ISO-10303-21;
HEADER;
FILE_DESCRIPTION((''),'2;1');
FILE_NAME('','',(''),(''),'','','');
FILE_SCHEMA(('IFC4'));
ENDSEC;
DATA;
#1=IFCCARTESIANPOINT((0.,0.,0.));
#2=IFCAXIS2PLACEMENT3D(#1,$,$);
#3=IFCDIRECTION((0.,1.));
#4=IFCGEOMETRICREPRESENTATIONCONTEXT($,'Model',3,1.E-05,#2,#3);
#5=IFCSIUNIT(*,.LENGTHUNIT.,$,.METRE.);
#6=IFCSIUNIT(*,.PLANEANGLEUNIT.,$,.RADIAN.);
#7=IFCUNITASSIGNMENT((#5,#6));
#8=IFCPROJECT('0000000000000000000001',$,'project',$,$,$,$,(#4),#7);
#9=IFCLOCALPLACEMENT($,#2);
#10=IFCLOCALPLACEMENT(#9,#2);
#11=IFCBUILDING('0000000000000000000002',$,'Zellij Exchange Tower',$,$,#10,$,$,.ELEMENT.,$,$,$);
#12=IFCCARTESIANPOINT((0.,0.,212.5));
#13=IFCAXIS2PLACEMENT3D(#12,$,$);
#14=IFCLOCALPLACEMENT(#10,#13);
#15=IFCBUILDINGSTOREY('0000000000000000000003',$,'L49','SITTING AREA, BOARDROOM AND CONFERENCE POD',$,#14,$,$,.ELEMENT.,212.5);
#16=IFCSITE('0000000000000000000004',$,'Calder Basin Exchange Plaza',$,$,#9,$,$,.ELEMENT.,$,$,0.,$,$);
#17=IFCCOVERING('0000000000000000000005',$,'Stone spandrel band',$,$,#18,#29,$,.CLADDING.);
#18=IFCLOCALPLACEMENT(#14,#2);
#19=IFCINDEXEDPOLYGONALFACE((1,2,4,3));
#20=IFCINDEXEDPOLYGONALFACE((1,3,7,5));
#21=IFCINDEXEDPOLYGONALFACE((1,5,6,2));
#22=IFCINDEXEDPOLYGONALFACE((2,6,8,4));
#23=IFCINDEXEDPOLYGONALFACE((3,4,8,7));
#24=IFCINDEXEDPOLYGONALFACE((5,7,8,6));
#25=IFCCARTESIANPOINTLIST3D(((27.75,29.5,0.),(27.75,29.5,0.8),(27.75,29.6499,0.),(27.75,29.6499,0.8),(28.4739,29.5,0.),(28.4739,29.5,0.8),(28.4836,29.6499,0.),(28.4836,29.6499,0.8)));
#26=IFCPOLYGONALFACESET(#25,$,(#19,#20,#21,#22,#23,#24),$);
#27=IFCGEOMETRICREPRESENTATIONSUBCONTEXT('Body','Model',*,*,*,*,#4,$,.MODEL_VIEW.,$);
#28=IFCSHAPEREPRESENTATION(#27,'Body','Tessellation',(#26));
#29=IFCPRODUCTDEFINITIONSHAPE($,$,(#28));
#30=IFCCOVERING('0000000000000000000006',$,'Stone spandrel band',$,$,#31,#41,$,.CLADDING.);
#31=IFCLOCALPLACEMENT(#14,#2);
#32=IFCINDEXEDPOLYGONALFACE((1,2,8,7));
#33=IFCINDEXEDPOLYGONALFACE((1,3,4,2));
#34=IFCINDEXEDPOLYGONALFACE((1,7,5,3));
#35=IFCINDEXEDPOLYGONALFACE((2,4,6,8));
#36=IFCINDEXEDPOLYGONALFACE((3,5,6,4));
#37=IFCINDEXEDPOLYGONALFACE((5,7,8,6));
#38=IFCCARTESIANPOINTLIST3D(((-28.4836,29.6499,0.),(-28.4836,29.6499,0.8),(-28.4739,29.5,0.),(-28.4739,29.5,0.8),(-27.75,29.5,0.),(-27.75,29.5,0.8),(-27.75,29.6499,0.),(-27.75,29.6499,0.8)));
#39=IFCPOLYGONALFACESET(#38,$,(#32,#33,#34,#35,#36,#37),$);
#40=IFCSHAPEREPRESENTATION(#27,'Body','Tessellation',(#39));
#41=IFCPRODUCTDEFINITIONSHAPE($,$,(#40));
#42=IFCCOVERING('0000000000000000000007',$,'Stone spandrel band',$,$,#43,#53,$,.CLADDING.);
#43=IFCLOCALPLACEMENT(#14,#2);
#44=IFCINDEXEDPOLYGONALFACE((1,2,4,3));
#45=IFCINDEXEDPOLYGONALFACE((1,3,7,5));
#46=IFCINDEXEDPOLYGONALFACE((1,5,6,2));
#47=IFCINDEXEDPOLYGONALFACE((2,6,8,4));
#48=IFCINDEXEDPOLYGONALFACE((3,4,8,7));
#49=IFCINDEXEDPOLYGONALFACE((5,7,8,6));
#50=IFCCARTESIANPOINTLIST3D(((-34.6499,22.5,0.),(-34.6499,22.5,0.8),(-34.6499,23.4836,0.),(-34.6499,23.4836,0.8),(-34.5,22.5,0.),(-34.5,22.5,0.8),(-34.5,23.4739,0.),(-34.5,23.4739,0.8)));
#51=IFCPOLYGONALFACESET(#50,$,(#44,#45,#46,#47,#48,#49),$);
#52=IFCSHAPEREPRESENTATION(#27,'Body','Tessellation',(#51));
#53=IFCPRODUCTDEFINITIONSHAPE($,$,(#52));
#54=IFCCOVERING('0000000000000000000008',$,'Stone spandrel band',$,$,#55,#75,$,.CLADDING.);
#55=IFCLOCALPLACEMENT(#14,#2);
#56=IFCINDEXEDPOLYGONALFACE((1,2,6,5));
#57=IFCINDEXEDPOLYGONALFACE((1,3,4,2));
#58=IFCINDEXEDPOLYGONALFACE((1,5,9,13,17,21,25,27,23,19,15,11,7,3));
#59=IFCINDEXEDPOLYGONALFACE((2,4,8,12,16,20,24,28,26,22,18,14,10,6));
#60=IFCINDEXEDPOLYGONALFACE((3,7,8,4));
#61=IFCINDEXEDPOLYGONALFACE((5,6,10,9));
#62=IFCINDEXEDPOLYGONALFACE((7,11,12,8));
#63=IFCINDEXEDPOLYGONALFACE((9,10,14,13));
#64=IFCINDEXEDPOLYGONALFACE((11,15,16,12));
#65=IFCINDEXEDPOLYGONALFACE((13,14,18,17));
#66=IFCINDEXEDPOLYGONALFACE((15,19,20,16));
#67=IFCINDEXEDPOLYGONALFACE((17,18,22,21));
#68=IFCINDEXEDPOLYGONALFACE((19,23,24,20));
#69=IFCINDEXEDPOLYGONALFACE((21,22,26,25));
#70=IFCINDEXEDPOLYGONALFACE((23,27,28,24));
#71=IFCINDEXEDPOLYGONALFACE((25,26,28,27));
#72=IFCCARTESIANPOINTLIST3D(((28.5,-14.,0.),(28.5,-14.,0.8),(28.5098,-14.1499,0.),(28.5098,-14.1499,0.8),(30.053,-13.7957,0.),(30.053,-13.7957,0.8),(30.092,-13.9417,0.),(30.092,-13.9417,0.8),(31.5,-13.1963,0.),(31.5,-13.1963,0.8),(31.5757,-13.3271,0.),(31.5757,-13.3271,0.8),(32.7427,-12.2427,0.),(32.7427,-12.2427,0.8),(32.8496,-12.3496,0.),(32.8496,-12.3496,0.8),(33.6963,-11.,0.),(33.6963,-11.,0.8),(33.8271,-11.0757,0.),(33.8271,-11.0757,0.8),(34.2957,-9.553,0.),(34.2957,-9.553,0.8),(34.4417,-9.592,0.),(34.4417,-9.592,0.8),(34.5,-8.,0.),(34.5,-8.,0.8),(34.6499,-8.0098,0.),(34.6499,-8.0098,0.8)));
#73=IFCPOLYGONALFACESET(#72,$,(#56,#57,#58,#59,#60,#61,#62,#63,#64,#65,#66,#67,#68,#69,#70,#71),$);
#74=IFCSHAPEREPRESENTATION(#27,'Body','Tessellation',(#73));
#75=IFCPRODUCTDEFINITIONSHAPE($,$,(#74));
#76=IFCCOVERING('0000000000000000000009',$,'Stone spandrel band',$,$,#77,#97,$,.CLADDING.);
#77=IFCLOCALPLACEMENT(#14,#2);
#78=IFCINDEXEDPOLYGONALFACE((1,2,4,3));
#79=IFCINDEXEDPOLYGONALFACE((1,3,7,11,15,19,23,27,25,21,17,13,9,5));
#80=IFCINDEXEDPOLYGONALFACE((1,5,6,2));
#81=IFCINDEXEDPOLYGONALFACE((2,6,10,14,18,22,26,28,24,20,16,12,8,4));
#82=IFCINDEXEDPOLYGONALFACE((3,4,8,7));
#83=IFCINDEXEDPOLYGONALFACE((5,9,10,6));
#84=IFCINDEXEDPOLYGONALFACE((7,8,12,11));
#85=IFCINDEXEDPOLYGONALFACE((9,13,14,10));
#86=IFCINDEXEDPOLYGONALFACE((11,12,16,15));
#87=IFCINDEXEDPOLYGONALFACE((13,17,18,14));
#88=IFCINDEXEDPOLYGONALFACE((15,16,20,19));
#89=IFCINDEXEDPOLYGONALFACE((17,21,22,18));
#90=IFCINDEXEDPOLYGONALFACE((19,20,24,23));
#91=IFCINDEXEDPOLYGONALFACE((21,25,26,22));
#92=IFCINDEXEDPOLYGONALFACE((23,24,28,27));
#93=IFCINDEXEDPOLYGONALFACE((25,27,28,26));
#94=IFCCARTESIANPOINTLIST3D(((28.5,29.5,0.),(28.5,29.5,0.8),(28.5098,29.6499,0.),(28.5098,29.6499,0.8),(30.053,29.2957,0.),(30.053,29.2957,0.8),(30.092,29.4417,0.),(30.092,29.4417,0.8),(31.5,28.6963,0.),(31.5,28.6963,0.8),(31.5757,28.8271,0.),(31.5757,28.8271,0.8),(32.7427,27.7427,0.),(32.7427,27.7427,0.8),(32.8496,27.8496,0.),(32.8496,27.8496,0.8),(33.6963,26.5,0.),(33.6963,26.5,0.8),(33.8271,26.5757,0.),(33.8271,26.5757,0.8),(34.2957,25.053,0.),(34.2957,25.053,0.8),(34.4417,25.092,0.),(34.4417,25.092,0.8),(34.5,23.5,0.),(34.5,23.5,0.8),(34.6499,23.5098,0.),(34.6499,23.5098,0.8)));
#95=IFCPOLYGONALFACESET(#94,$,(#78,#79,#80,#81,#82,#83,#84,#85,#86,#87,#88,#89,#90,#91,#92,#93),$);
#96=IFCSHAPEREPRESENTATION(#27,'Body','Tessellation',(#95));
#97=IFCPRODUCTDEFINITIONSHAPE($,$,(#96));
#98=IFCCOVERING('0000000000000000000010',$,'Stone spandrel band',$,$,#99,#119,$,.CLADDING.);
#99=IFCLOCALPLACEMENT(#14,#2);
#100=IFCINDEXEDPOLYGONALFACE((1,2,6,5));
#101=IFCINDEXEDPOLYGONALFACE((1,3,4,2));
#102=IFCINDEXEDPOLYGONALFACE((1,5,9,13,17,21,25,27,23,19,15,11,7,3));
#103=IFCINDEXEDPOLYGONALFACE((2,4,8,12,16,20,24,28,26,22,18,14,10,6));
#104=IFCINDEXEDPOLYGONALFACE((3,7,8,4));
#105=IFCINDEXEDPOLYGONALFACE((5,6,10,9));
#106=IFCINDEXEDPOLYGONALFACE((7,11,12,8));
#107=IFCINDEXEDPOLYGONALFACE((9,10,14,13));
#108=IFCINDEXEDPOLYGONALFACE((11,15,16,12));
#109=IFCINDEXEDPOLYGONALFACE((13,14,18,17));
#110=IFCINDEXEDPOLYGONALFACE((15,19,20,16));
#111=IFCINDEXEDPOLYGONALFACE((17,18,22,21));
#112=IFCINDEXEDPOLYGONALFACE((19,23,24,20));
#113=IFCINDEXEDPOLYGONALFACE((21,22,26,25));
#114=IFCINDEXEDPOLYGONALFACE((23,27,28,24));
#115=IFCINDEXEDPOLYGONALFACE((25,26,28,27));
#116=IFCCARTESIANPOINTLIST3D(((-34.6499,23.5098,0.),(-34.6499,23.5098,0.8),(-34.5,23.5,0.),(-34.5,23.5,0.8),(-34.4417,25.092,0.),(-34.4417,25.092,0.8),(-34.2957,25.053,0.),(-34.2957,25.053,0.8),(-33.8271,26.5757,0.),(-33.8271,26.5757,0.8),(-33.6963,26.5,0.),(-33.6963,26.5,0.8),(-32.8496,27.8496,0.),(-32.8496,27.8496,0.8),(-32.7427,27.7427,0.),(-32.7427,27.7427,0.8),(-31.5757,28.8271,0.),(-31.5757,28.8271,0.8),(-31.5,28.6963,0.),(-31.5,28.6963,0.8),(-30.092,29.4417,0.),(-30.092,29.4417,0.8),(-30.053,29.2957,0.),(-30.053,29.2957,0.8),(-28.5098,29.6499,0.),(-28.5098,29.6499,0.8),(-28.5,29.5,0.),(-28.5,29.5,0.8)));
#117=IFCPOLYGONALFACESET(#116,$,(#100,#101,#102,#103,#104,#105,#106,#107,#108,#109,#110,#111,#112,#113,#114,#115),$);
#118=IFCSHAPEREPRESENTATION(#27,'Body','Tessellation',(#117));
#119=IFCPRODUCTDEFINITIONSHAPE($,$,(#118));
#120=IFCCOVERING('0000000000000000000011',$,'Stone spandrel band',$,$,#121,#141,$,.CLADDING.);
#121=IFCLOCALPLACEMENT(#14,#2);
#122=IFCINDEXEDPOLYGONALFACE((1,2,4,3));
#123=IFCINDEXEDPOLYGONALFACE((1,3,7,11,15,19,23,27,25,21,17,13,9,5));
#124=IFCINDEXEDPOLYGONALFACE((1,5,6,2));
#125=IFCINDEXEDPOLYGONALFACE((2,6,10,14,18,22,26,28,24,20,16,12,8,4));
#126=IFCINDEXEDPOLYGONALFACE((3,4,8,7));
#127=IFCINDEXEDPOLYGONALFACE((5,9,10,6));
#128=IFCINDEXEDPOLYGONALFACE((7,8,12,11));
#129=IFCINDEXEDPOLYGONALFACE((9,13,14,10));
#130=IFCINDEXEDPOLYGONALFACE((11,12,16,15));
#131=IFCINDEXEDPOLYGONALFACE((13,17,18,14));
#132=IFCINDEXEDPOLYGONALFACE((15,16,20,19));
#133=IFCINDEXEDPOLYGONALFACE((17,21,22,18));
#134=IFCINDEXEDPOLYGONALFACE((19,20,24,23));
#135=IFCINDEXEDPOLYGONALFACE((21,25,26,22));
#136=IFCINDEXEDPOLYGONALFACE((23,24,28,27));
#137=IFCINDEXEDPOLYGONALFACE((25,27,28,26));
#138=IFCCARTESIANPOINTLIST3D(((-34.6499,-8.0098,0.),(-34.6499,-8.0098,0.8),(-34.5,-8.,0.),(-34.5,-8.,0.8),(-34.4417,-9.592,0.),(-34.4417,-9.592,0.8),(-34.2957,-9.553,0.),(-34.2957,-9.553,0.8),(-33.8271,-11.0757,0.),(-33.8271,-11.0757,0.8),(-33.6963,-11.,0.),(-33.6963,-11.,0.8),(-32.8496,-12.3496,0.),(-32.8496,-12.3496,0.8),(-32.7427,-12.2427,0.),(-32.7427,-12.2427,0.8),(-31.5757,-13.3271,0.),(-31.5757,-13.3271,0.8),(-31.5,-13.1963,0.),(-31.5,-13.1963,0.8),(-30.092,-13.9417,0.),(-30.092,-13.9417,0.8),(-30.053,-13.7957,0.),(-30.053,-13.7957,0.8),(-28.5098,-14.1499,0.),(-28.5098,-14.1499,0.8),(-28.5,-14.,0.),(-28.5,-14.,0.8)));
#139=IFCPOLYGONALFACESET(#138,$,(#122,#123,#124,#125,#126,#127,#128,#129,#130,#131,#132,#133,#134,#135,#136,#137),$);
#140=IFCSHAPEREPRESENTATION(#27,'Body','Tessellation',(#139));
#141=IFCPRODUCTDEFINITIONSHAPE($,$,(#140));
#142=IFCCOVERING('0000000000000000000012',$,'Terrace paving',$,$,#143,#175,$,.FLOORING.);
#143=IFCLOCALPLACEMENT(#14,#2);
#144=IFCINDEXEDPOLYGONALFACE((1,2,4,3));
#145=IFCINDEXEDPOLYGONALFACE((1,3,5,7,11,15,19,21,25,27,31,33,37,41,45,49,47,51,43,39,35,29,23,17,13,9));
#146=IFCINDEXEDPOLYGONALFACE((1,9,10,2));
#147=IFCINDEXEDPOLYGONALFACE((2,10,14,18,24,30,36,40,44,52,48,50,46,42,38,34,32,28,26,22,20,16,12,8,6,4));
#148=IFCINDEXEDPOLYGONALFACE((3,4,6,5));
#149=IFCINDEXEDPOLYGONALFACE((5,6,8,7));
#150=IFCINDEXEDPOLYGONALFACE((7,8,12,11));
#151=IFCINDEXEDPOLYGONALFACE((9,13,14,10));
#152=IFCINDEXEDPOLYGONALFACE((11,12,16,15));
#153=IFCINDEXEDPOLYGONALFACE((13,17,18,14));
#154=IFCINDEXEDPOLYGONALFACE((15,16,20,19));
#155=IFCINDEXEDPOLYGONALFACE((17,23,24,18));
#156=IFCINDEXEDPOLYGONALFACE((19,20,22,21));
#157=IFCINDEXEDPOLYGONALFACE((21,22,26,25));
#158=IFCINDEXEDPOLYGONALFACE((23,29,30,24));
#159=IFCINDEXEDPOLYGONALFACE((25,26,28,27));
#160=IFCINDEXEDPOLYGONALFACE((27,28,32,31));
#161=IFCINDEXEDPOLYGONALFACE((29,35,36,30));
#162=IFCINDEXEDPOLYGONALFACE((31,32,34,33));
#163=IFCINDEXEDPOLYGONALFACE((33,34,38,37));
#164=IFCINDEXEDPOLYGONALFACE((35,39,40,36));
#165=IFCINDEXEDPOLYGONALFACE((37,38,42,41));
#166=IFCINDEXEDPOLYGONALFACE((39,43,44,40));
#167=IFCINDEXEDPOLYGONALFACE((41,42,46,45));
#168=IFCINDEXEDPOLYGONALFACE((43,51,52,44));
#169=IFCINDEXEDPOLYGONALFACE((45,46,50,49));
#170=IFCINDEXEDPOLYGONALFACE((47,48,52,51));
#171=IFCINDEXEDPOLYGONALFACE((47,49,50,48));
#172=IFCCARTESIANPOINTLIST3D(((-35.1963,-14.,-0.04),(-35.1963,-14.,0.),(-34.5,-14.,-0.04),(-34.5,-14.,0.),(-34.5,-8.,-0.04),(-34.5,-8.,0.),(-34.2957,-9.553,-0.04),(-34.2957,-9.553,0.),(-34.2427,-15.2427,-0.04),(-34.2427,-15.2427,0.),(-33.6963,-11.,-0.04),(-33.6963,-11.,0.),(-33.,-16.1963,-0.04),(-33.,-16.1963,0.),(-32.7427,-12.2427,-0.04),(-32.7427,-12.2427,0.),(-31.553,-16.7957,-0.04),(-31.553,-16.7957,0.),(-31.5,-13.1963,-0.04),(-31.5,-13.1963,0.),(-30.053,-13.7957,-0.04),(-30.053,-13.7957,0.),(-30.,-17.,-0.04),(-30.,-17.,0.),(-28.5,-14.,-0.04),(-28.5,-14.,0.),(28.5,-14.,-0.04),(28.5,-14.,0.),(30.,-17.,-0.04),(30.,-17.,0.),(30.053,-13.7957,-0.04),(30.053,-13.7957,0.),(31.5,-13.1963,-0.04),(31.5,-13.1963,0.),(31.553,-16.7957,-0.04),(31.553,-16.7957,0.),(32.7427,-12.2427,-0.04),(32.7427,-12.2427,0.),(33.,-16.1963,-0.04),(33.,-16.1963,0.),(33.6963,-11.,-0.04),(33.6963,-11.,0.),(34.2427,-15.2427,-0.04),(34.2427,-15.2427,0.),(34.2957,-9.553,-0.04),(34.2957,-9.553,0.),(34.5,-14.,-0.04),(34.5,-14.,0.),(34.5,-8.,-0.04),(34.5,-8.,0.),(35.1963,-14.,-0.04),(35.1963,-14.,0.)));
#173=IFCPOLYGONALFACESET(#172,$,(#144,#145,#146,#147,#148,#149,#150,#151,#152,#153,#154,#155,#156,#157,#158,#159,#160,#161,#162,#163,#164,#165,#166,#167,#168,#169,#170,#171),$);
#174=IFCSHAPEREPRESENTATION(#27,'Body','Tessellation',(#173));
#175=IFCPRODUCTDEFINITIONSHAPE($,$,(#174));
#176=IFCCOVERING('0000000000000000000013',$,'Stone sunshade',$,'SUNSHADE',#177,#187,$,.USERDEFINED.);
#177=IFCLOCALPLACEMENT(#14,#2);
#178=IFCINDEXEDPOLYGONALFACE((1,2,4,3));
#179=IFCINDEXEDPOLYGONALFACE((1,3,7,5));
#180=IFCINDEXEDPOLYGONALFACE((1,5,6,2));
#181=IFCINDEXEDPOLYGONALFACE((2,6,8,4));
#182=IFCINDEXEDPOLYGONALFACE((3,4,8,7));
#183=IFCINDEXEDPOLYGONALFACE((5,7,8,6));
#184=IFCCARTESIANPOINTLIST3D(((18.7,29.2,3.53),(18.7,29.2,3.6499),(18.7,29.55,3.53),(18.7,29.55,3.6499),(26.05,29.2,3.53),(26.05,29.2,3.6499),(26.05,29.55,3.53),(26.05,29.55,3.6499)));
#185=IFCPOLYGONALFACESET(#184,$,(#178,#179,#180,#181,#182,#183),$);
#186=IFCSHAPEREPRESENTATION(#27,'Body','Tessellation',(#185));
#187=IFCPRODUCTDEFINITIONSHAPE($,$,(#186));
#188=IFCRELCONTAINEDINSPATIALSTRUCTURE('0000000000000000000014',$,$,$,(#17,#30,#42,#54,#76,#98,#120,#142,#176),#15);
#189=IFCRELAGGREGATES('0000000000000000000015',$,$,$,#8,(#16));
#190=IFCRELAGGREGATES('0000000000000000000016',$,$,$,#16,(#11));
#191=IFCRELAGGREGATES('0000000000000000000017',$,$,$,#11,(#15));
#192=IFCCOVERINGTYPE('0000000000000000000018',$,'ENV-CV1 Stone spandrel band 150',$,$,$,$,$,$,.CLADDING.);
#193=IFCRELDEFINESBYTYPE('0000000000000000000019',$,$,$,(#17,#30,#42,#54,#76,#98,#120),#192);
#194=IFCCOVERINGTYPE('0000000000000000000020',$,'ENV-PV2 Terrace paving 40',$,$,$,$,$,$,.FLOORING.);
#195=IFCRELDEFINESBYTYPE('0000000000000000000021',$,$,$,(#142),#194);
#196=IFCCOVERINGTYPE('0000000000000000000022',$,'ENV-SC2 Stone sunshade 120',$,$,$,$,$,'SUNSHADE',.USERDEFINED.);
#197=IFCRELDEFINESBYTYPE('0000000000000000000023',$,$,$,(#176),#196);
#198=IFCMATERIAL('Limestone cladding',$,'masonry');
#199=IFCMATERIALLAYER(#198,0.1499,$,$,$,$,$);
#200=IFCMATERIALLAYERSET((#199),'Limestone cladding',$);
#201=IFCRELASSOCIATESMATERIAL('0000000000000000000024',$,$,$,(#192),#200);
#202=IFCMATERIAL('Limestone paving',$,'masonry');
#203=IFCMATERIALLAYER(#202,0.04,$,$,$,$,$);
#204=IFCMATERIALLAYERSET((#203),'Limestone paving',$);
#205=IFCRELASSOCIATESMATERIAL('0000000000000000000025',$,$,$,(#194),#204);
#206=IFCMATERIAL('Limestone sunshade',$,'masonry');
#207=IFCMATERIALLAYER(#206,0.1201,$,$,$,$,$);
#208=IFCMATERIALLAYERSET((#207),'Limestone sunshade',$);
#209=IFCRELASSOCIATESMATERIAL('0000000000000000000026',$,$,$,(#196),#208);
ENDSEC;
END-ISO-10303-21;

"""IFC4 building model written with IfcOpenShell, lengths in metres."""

from ifc_helpers import new_model, si_unit, direction, frame, origin, place, context, subcontext, project, spatial, polyline, outline, extrude, material, layer, layer_set, type_object, element, save


model = new_model("IFC4")

# Units and contexts
model_context = context("Model", 3, precision=1e-05, world=origin(), true_north=direction((0.0, 1.0)))
body_context = subcontext(model_context, "Body", "Model", "MODEL_VIEW")
ifc_project = project(units=[si_unit("LENGTHUNIT", "METRE"), si_unit("PLANEANGLEUNIT", "RADIAN")], contexts=[model_context])

# Site, building, storey
site_placement = place(None, origin())
site = spatial("IfcSite", under=ifc_project, at=site_placement, Name="Calder Basin Exchange Plaza", CompositionType="ELEMENT", RefElevation=0.0)
building_placement = place(site_placement, origin())
building = spatial("IfcBuilding", under=site, at=building_placement, Name="Zellij Exchange Tower", CompositionType="ELEMENT")
storey_placement = place(building_placement, frame((0.0, 0.0, 212.5)))
storey = spatial("IfcBuildingStorey", under=building, at=storey_placement, Name="L49", Description="SITTING AREA, BOARDROOM AND CONFERENCE POD", CompositionType="ELEMENT", Elevation=212.5)

# Coverings
ifc_material_1 = material(Name="Limestone cladding", Category="masonry")
ifc_layer_1 = layer(ifc_material_1, 0.1499)
ifc_layer_set_1 = layer_set([ifc_layer_1], Name="Limestone cladding")
covering_type_1 = type_object("IfcCoveringType", Name="ENV-CV1 Stone spandrel band 150", PredefinedType="CLADDING", material=ifc_layer_set_1)
covering_1_placement = place(storey_placement, origin())
element("IfcCovering", 1, at=covering_1_placement, inside=storey, type_object=covering_type_1, Name="Stone spandrel band", PredefinedType="CLADDING", context=body_context, shape_type="SweptSolid", body=[
    extrude(outline(polyline([(28.4739, 29.5), (27.75, 29.5), (27.75, 29.6499), (28.4836, 29.6499), (28.4739, 29.5)])), origin(), (0.0, 0.0, 1.0), 0.8),
])
covering_2_placement = place(storey_placement, origin())
element("IfcCovering", 2, at=covering_2_placement, inside=storey, type_object=covering_type_1, Name="Stone spandrel band", PredefinedType="CLADDING", context=body_context, shape_type="SweptSolid", body=[
    extrude(outline(polyline([(-27.75, 29.5), (-28.4739, 29.5), (-28.4836, 29.6499), (-27.75, 29.6499), (-27.75, 29.5)])), origin(), (0.0, 0.0, 1.0), 0.8),
])
covering_3_placement = place(storey_placement, origin())
element("IfcCovering", 3, at=covering_3_placement, inside=storey, type_object=covering_type_1, Name="Stone spandrel band", PredefinedType="CLADDING", context=body_context, shape_type="SweptSolid", body=[
    extrude(outline(polyline([(-34.5, 23.4739), (-34.5, 22.5), (-34.6499, 22.5), (-34.6499, 23.4836), (-34.5, 23.4739)])), origin(), (0.0, 0.0, 1.0), 0.8),
])
covering_4_placement = place(storey_placement, origin())
element("IfcCovering", 4, at=covering_4_placement, inside=storey, type_object=covering_type_1, Name="Stone spandrel band", PredefinedType="CLADDING", context=body_context, shape_type="SweptSolid", body=[
    extrude(outline(polyline([(28.5, -14.0), (30.053, -13.7957), (31.5, -13.1963), (32.7427, -12.2427), (33.6963, -11.0), (34.2957, -9.553), (34.5, -8.0), (34.6499, -8.0098), (34.4417, -9.592), (33.8271, -11.0757), (32.8496, -12.3496), (31.5757, -13.3271), (30.092, -13.9417), (28.5098, -14.1499), (28.5, -14.0)])), origin(), (0.0, 0.0, 1.0), 0.8),
])
covering_5_placement = place(storey_placement, origin())
element("IfcCovering", 5, at=covering_5_placement, inside=storey, type_object=covering_type_1, Name="Stone spandrel band", PredefinedType="CLADDING", context=body_context, shape_type="SweptSolid", body=[
    extrude(outline(polyline([(34.5, 23.5), (34.2957, 25.053), (33.6963, 26.5), (32.7427, 27.7427), (31.5, 28.6963), (30.053, 29.2957), (28.5, 29.5), (28.5098, 29.6499), (30.092, 29.4417), (31.5757, 28.8271), (32.8496, 27.8496), (33.8271, 26.5757), (34.4417, 25.092), (34.6499, 23.5098), (34.5, 23.5)])), origin(), (0.0, 0.0, 1.0), 0.8),
])
covering_6_placement = place(storey_placement, origin())
element("IfcCovering", 6, at=covering_6_placement, inside=storey, type_object=covering_type_1, Name="Stone spandrel band", PredefinedType="CLADDING", context=body_context, shape_type="SweptSolid", body=[
    extrude(outline(polyline([(-28.5, 29.5), (-30.053, 29.2957), (-31.5, 28.6963), (-32.7427, 27.7427), (-33.6963, 26.5), (-34.2957, 25.053), (-34.5, 23.5), (-34.6499, 23.5098), (-34.4417, 25.092), (-33.8271, 26.5757), (-32.8496, 27.8496), (-31.5757, 28.8271), (-30.092, 29.4417), (-28.5098, 29.6499), (-28.5, 29.5)])), origin(), (0.0, 0.0, 1.0), 0.8),
])
covering_7_placement = place(storey_placement, origin())
element("IfcCovering", 7, at=covering_7_placement, inside=storey, type_object=covering_type_1, Name="Stone spandrel band", PredefinedType="CLADDING", context=body_context, shape_type="SweptSolid", body=[
    extrude(outline(polyline([(-34.5, -8.0), (-34.2957, -9.553), (-33.6963, -11.0), (-32.7427, -12.2427), (-31.5, -13.1963), (-30.053, -13.7957), (-28.5, -14.0), (-28.5098, -14.1499), (-30.092, -13.9417), (-31.5757, -13.3271), (-32.8496, -12.3496), (-33.8271, -11.0757), (-34.4417, -9.592), (-34.6499, -8.0098), (-34.5, -8.0)])), origin(), (0.0, 0.0, 1.0), 0.8),
])
ifc_material_2 = material(Name="Limestone paving", Category="masonry")
ifc_layer_2 = layer(ifc_material_2, 0.04)
ifc_layer_set_2 = layer_set([ifc_layer_2], Name="Limestone paving")
covering_type_2 = type_object("IfcCoveringType", Name="ENV-PV2 Terrace paving 40", PredefinedType="FLOORING", material=ifc_layer_set_2)
covering_8_placement = place(storey_placement, frame((0.0, 0.0, -0.04)))
element("IfcCovering", 8, at=covering_8_placement, inside=storey, type_object=covering_type_2, Name="Terrace paving", PredefinedType="FLOORING", context=body_context, shape_type="SweptSolid", body=[
    extrude(outline(polyline([(-34.2427, -15.2427), (-33.0, -16.1963), (-31.553, -16.7957), (-30.0, -17.0), (30.0, -17.0), (31.553, -16.7957), (33.0, -16.1963), (34.2427, -15.2427), (35.1963, -14.0), (34.5, -14.0), (34.5, -8.0), (34.2957, -9.553), (33.6963, -11.0), (32.7427, -12.2427), (31.5, -13.1963), (30.053, -13.7957), (28.5, -14.0), (-28.5, -14.0), (-30.053, -13.7957), (-31.5, -13.1963), (-32.7427, -12.2427), (-33.6963, -11.0), (-34.2957, -9.553), (-34.5, -8.0), (-34.5, -14.0), (-35.1963, -14.0), (-34.2427, -15.2427)])), origin(), (0.0, 0.0, 1.0), 0.04),
])
ifc_material_3 = material(Name="Limestone sunshade", Category="masonry")
ifc_layer_3 = layer(ifc_material_3, 0.1201)
ifc_layer_set_3 = layer_set([ifc_layer_3], Name="Limestone sunshade")
covering_type_3 = type_object("IfcCoveringType", Name="ENV-SC2 Stone sunshade 120", ElementType="SUNSHADE", PredefinedType="USERDEFINED", material=ifc_layer_set_3)
covering_9_placement = place(storey_placement, frame((0.0, 0.0, 3.53)))
element("IfcCovering", 9, at=covering_9_placement, inside=storey, type_object=covering_type_3, Name="Stone sunshade", ObjectType="SUNSHADE", PredefinedType="USERDEFINED", context=body_context, shape_type="SweptSolid", body=[
    extrude(outline(polyline([(26.05, 29.2), (18.7, 29.2), (18.7, 29.55), (26.05, 29.55), (26.05, 29.2)])), origin(), (0.0, 0.0, 1.0), 0.1199),
])

save(model, "model.ifc")
